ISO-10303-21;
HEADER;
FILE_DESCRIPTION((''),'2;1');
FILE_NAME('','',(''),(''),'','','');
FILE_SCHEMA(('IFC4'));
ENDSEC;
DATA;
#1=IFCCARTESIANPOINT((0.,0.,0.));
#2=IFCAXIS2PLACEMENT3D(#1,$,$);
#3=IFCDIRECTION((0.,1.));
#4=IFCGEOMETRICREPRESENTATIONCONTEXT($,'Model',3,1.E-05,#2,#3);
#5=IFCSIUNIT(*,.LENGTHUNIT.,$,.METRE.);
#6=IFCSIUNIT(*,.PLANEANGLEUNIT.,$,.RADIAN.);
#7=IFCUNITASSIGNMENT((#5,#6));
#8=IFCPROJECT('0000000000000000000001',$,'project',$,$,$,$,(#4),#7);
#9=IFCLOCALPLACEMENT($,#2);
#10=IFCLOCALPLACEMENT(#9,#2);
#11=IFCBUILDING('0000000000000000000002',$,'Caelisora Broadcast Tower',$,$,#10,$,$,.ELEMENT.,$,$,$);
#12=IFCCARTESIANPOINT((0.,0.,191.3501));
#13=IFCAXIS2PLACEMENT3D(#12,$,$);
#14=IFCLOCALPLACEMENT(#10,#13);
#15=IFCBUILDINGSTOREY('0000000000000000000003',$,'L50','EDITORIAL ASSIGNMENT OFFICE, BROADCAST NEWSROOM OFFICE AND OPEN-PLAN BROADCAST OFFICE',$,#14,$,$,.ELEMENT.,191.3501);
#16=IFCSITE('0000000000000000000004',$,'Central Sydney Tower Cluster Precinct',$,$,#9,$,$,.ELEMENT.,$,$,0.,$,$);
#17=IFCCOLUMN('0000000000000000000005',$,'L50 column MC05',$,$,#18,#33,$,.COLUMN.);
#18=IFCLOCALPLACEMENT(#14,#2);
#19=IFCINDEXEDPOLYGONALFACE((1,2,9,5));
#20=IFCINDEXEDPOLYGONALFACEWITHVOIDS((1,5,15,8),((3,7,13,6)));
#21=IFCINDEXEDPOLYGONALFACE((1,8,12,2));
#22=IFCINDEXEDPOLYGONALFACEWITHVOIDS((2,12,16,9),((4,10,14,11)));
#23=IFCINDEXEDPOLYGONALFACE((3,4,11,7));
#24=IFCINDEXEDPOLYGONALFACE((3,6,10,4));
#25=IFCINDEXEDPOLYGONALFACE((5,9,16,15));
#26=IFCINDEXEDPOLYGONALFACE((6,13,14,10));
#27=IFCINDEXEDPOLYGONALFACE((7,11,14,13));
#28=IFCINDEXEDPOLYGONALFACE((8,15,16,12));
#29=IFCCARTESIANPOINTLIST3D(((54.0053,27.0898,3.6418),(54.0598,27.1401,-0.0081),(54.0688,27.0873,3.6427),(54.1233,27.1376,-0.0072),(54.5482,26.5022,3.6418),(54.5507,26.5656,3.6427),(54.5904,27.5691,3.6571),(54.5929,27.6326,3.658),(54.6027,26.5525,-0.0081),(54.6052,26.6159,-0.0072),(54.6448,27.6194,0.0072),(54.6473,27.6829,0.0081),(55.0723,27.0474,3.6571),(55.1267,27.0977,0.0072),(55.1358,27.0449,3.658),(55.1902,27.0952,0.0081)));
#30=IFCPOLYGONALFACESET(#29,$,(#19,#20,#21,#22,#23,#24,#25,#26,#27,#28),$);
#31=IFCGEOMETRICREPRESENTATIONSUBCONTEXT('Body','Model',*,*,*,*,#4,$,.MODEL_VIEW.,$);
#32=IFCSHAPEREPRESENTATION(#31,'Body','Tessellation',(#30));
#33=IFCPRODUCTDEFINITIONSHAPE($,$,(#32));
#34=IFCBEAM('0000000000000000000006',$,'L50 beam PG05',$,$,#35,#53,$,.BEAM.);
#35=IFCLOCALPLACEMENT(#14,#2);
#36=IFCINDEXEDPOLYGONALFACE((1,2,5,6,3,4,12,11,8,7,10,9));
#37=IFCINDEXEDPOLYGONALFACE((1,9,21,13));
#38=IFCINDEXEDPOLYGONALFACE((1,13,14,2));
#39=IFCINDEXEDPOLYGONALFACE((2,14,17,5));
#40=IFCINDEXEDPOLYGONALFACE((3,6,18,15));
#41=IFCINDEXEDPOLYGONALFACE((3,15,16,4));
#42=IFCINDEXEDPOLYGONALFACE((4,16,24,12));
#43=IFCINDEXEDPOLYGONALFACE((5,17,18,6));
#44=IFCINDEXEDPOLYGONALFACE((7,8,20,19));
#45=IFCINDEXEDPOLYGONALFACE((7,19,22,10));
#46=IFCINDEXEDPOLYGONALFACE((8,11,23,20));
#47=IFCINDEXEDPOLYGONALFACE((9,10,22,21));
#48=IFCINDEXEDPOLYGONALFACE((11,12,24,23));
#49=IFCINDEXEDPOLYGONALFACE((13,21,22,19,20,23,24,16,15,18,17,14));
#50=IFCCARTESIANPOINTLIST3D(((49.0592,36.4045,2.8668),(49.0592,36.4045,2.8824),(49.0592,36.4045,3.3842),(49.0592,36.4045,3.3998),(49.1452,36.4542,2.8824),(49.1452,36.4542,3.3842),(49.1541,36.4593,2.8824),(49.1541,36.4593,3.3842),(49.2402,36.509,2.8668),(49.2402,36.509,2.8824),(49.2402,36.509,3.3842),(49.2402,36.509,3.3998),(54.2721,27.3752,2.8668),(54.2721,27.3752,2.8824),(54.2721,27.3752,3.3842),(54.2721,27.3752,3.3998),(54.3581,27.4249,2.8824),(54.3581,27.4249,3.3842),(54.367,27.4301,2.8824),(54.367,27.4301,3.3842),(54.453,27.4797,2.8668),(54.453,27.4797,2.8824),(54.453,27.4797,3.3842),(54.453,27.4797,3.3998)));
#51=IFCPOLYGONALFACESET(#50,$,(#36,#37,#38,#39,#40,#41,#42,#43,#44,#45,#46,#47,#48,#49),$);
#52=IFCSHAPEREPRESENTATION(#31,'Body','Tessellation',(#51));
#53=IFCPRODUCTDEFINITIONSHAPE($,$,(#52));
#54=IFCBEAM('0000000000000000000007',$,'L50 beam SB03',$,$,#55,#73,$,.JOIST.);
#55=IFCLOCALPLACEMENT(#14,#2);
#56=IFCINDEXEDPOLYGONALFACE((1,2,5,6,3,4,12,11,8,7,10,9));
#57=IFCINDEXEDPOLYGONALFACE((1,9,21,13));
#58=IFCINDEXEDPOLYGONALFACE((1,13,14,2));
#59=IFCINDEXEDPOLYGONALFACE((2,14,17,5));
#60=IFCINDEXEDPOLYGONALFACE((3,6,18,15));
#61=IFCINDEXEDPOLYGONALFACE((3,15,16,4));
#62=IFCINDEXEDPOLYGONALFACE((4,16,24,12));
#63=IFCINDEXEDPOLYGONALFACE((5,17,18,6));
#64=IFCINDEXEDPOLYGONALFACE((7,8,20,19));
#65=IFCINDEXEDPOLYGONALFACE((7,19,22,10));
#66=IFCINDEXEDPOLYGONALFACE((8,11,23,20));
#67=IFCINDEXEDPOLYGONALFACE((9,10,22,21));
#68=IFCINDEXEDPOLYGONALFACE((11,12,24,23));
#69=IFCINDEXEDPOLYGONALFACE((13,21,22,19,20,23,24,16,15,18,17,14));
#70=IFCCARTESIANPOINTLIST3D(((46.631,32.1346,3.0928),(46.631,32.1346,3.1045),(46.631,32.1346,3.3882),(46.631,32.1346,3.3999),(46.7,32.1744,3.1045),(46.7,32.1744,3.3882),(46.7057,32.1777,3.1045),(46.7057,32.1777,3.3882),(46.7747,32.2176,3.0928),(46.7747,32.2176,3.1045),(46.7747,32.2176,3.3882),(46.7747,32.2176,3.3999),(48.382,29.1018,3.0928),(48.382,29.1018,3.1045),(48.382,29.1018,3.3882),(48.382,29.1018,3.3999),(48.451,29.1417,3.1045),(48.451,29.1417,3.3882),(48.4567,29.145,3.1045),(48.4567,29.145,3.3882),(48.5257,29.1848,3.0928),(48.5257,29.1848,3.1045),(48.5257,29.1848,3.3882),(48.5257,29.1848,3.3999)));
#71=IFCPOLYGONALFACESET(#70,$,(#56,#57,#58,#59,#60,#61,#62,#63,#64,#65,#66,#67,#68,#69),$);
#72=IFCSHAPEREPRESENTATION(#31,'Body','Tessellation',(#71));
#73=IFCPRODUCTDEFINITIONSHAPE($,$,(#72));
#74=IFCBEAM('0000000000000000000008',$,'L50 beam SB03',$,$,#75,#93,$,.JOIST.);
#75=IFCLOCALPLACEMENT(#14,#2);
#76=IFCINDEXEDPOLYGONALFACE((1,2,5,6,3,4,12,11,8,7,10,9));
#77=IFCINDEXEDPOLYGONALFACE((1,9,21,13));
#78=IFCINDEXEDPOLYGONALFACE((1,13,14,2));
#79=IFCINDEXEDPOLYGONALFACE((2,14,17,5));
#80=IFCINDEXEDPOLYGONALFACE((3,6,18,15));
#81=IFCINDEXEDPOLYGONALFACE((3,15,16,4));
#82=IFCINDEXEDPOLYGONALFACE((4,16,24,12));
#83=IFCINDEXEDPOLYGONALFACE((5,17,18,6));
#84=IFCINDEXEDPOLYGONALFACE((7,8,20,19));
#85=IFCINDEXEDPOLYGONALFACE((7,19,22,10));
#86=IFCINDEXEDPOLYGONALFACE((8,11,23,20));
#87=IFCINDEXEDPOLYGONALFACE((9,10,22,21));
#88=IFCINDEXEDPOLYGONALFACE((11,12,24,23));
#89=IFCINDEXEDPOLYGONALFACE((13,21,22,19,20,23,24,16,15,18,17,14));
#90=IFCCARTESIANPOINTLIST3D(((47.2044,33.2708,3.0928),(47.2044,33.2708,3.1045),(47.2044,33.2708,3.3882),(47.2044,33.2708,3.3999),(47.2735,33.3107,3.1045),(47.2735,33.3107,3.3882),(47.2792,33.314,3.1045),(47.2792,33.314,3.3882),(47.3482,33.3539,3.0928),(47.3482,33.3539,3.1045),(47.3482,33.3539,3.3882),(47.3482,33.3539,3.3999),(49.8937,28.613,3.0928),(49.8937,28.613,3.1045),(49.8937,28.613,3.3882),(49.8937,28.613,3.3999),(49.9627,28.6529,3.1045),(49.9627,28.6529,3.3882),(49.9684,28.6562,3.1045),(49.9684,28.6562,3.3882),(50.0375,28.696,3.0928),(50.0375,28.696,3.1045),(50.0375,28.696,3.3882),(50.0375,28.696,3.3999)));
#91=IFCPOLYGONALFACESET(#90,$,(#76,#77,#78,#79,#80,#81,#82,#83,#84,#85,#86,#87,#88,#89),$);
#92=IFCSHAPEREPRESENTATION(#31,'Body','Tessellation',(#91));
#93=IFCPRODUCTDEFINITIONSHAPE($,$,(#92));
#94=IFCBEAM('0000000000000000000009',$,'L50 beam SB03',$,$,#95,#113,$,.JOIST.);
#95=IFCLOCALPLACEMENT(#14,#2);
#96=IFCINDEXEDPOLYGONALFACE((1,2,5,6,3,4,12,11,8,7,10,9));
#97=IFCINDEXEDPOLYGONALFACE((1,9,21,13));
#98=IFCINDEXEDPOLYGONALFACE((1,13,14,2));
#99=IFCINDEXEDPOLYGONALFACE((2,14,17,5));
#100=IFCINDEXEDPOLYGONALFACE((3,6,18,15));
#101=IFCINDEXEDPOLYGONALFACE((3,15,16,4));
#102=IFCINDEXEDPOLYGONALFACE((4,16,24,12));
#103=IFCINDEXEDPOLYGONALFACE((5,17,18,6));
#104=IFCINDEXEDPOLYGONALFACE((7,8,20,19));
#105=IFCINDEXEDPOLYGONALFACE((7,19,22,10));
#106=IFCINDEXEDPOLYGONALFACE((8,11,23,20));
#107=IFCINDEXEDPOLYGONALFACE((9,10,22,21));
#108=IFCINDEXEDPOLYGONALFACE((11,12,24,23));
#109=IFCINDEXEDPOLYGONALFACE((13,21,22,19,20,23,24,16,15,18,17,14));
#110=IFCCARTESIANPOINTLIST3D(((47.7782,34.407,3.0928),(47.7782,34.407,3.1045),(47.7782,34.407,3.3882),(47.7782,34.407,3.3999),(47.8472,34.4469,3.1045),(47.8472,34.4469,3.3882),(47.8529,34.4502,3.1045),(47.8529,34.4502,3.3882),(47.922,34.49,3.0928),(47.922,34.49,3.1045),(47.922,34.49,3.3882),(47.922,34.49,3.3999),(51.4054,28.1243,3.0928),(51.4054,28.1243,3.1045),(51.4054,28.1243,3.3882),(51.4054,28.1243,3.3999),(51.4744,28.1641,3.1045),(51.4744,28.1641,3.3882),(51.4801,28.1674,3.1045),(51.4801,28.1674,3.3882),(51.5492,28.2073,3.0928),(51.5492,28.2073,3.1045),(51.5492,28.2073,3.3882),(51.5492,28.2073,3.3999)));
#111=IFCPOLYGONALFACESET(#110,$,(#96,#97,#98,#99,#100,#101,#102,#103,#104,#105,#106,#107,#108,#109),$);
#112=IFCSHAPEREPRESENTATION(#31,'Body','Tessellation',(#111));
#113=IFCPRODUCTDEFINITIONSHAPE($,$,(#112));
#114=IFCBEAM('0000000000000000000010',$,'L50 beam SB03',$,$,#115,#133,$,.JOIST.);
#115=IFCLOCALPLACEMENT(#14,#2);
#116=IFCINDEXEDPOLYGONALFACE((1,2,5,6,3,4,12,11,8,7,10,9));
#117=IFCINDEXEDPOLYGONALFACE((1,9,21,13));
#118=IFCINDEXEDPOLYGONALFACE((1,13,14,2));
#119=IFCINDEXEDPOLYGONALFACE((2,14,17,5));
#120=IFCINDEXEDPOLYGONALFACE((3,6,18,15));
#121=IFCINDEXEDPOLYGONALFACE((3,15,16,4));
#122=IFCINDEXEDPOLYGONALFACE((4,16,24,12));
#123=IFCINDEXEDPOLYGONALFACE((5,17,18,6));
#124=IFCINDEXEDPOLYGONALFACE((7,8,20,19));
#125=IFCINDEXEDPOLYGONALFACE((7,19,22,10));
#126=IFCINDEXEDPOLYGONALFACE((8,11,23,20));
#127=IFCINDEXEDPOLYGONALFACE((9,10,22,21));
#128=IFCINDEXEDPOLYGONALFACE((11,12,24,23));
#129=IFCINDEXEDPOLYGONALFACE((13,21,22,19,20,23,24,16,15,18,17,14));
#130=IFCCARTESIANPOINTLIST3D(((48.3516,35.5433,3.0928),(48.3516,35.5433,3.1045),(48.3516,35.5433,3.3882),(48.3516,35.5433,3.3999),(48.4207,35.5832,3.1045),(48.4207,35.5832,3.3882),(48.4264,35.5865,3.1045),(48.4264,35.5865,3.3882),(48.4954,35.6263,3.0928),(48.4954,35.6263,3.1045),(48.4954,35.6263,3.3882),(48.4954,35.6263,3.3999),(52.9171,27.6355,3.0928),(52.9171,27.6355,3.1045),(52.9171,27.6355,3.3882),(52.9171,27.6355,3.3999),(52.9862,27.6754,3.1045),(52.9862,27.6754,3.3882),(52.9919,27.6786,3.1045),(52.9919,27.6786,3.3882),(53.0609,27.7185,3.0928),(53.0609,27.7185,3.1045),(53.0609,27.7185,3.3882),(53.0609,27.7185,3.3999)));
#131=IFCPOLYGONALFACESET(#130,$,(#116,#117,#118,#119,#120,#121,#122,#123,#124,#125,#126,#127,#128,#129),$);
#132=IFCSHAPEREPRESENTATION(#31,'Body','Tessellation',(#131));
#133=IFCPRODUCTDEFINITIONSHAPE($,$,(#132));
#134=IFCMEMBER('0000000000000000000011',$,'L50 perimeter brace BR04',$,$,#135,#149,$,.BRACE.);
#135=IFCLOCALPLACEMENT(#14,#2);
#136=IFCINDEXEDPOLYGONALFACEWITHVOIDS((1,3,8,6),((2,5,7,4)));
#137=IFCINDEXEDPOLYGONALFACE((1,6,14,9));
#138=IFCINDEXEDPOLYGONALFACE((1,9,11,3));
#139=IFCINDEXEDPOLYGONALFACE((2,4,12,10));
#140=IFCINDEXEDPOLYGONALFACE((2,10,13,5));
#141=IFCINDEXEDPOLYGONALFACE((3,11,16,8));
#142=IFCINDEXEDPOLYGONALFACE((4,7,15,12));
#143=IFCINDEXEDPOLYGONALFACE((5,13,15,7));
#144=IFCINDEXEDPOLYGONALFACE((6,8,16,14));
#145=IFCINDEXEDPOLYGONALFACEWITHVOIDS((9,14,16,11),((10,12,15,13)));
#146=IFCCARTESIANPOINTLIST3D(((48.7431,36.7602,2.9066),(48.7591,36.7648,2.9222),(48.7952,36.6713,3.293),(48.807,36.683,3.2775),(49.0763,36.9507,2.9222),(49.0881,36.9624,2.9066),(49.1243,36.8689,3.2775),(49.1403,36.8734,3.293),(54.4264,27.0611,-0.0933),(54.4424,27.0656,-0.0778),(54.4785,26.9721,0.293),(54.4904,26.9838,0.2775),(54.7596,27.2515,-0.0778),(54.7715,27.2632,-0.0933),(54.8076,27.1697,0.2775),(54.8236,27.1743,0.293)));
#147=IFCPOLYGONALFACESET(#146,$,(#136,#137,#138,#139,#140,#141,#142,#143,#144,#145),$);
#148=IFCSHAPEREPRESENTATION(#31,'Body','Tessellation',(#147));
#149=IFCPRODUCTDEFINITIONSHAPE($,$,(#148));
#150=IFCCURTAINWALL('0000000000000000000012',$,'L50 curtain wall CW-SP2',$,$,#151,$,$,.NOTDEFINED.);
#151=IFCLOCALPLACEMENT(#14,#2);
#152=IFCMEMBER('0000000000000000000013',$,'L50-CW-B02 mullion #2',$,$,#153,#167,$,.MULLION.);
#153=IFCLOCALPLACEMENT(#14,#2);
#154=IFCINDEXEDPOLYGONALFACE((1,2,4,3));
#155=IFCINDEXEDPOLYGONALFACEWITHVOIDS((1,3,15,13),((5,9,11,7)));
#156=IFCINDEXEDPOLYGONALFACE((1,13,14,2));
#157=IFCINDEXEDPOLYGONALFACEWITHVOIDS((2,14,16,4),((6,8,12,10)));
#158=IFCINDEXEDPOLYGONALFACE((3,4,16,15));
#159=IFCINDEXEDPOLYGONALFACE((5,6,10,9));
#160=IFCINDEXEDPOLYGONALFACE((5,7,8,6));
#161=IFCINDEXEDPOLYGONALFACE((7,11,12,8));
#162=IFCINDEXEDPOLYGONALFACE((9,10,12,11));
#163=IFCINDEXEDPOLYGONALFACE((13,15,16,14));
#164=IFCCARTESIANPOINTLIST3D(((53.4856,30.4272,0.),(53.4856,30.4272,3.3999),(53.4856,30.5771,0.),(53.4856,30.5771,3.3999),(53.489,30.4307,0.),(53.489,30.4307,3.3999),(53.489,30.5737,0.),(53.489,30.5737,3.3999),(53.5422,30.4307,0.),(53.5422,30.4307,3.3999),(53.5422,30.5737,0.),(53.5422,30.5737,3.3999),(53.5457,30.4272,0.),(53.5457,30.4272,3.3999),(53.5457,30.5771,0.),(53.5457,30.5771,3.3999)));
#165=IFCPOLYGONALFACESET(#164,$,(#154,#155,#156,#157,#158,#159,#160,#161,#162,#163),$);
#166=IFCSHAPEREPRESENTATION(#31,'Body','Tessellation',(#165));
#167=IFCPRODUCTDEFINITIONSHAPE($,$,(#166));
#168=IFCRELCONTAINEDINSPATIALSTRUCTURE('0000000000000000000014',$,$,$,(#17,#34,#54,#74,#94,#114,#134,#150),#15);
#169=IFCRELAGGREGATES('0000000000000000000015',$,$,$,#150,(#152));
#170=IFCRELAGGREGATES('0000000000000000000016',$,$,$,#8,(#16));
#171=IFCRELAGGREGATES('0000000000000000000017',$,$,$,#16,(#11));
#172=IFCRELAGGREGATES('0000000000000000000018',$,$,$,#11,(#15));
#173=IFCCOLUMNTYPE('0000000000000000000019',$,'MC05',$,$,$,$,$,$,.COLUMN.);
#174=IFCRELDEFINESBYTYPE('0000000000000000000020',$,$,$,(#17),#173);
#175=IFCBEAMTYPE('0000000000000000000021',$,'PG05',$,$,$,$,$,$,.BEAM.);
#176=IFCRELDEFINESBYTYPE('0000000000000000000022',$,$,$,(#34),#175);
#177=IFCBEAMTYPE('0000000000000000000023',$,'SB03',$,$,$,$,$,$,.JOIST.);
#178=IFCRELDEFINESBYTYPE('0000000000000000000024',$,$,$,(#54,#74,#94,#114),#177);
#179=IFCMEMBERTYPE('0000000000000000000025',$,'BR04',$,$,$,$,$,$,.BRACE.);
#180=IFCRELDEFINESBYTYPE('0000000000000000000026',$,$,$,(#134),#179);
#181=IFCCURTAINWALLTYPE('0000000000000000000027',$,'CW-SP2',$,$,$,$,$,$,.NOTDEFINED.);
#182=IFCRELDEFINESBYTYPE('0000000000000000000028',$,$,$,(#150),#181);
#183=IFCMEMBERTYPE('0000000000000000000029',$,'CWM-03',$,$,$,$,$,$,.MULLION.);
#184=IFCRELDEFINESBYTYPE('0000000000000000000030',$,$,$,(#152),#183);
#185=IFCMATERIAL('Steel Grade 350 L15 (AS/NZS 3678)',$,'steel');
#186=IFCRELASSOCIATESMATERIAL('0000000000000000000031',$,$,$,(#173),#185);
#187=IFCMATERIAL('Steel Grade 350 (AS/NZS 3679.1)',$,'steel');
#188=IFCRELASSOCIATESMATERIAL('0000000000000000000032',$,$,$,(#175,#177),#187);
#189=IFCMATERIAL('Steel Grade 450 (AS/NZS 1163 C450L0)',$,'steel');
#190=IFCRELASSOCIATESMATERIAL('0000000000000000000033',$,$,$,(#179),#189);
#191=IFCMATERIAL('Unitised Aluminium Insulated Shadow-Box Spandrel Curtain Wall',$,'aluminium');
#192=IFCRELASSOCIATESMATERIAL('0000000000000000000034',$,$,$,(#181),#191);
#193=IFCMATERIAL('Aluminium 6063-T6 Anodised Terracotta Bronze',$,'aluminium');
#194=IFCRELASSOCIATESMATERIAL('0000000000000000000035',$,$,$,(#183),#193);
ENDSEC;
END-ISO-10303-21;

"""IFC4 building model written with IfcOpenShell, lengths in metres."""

from ifc_helpers import new_model, si_unit, direction, frame, origin, origin_2d, place, context, subcontext, project, spatial, hollow_rectangle, i_section, extrude, source, transform, mapped, material, material_profile, profile_set, type_object, type_shapes, element, aggregate, save


model = new_model("IFC4")

# Units and contexts
model_context = context("Model", 3, precision=1e-05, world=origin(), true_north=direction((0.0, 1.0)))
body_context = subcontext(model_context, "Body", "Model", "MODEL_VIEW")
ifc_project = project(units=[si_unit("LENGTHUNIT", "METRE"), si_unit("PLANEANGLEUNIT", "RADIAN")], contexts=[model_context])

# Site, building, storey
site_placement = place(None, origin())
site = spatial("IfcSite", under=ifc_project, at=site_placement, Name="Central Sydney Tower Cluster Precinct", CompositionType="ELEMENT", RefElevation=0.0)
building_placement = place(site_placement, origin())
building = spatial("IfcBuilding", under=site, at=building_placement, Name="Caelisora Broadcast Tower", CompositionType="ELEMENT")
storey_placement = place(building_placement, frame((0.0, 0.0, 191.3501)))
storey = spatial("IfcBuildingStorey", under=building, at=storey_placement, Name="L50", Description="EDITORIAL ASSIGNMENT OFFICE, BROADCAST NEWSROOM OFFICE AND OPEN-PLAN BROADCAST OFFICE", CompositionType="ELEMENT", Elevation=191.3501)

# Column
ifc_material_1 = material(Name="Steel Grade 350 L15 (AS/NZS 3678)", Category="steel")
ifc_material_profile_1 = material_profile(ifc_material_1, hollow_rectangle(XDim=0.8, YDim=0.8, WallThickness=0.0449, at=origin_2d()), Name="Steel Grade 350 L15 (AS/NZS 3678)")
ifc_profile_set_1 = profile_set([ifc_material_profile_1], Name="Steel Grade 350 L15 (AS/NZS 3678)")
column_type = type_object("IfcColumnType", Name="MC05", PredefinedType="COLUMN", material=ifc_profile_set_1)
shared_shape_1 = source(origin(), body_context, "Body", "SweptSolid", [
    extrude(hollow_rectangle(XDim=0.8, YDim=0.8, WallThickness=0.0449, at=origin_2d()), origin(), (0.0, 0.0, 1.0), 3.6506),
])
type_shapes(column_type, [shared_shape_1])
column_placement = place(storey_placement, frame((54.625, 27.1177, 0.0), z_axis=(-0.014913, -0.013776, 0.999794), x_axis=(0.678554, -0.734551, 0.0)))
element("IfcColumn", 1, at=column_placement, inside=storey, type_object=column_type, Name="L50 column MC05", PredefinedType="COLUMN", context=body_context, shape_type="MappedRepresentation", body=[
    mapped(shared_shape_1, transform((0.0, 0.0, 0.0), scale=1.0)),
])

# Beams
ifc_material_2 = material(Name="Steel Grade 350 (AS/NZS 3679.1)", Category="steel")
ifc_material_profile_2 = material_profile(ifc_material_2, i_section(OverallWidth=0.209, OverallDepth=0.533, WebThickness=0.0103, FlangeThickness=0.0156, at=origin_2d()), Name="Steel Grade 350 (AS/NZS 3679.1)")
ifc_profile_set_2 = profile_set([ifc_material_profile_2], Name="Steel Grade 350 (AS/NZS 3679.1)")
beam_type_1 = type_object("IfcBeamType", Name="PG05", PredefinedType="BEAM", material=ifc_profile_set_2)
shared_shape_2 = source(origin(), body_context, "Body", "SweptSolid", [
    extrude(i_section(OverallWidth=0.209, OverallDepth=0.533, WebThickness=0.0103, FlangeThickness=0.0156, at=origin_2d()), origin(), (0.0, 0.0, 1.0), 10.426),
])
type_shapes(beam_type_1, [shared_shape_2])
beam_1_placement = place(storey_placement, frame((54.3625, 27.4275, 3.1333), z_axis=(-0.499987, 0.866033, 0.0), x_axis=(-0.866033, -0.499987, 0.0)))
element("IfcBeam", 2, at=beam_1_placement, inside=storey, type_object=beam_type_1, Name="L50 beam PG05", PredefinedType="BEAM", context=body_context, shape_type="MappedRepresentation", body=[
    mapped(shared_shape_2, transform((0.0, 0.0, 0.0), scale=1.0)),
])
ifc_material_profile_3 = material_profile(ifc_material_2, i_section(OverallWidth=0.166, OverallDepth=0.3071, WebThickness=0.0066, FlangeThickness=0.0117, at=origin_2d()), Name="Steel Grade 350 (AS/NZS 3679.1)")
ifc_profile_set_3 = profile_set([ifc_material_profile_3], Name="Steel Grade 350 (AS/NZS 3679.1)")
beam_type_2 = type_object("IfcBeamType", Name="SB03", PredefinedType="JOIST", material=ifc_profile_set_3)
shared_shape_3 = source(origin(), body_context, "Body", "SweptSolid", [
    extrude(i_section(OverallWidth=0.166, OverallDepth=0.3071, WebThickness=0.0066, FlangeThickness=0.0117, at=origin_2d()), origin(), (0.0, 0.0, 1.0), 3.502),
])
beam_2_placement = place(storey_placement, frame((48.4539, 29.1433, 3.2463), z_axis=(-0.500008, 0.866021, 0.0), x_axis=(-0.866021, -0.500008, 0.0)))
element("IfcBeam", 3, at=beam_2_placement, inside=storey, type_object=beam_type_2, Name="L50 beam SB03", PredefinedType="JOIST", context=body_context, shape_type="MappedRepresentation", body=[
    mapped(shared_shape_3, transform((0.0, 0.0, 0.0), scale=1.0)),
])
shared_shape_4 = source(origin(), body_context, "Body", "SweptSolid", [
    extrude(i_section(OverallWidth=0.166, OverallDepth=0.3071, WebThickness=0.0066, FlangeThickness=0.0117, at=origin_2d()), origin(), (0.0, 0.0, 1.0), 5.3784),
])
beam_3_placement = place(storey_placement, frame((49.9656, 28.6545, 3.2463), z_axis=(-0.500011, 0.866019, 0.0), x_axis=(-0.866019, -0.500011, 0.0)))
element("IfcBeam", 4, at=beam_3_placement, inside=storey, type_object=beam_type_2, Name="L50 beam SB03", PredefinedType="JOIST", context=body_context, shape_type="MappedRepresentation", body=[
    mapped(shared_shape_4, transform((0.0, 0.0, 0.0), scale=1.0)),
])
shared_shape_5 = source(origin(), body_context, "Body", "SweptSolid", [
    extrude(i_section(OverallWidth=0.166, OverallDepth=0.3071, WebThickness=0.0066, FlangeThickness=0.0117, at=origin_2d()), origin(), (0.0, 0.0, 1.0), 7.2546),
])
beam_4_placement = place(storey_placement, frame((51.4773, 28.1658, 3.2463), z_axis=(-0.499987, 0.866033, 0.0), x_axis=(-0.866033, -0.499987, 0.0)))
element("IfcBeam", 5, at=beam_4_placement, inside=storey, type_object=beam_type_2, Name="L50 beam SB03", PredefinedType="JOIST", context=body_context, shape_type="MappedRepresentation", body=[
    mapped(shared_shape_5, transform((0.0, 0.0, 0.0), scale=1.0)),
])
shared_shape_6 = source(origin(), body_context, "Body", "SweptSolid", [
    extrude(i_section(OverallWidth=0.166, OverallDepth=0.3071, WebThickness=0.0066, FlangeThickness=0.0117, at=origin_2d()), origin(), (0.0, 0.0, 1.0), 9.1311),
])
type_shapes(beam_type_2, [shared_shape_3, shared_shape_4, shared_shape_5, shared_shape_6])
beam_5_placement = place(storey_placement, frame((52.989, 27.677, 3.2463), z_axis=(-0.499992, 0.86603, 0.0), x_axis=(-0.86603, -0.499992, 0.0)))
element("IfcBeam", 6, at=beam_5_placement, inside=storey, type_object=beam_type_2, Name="L50 beam SB03", PredefinedType="JOIST", context=body_context, shape_type="MappedRepresentation", body=[
    mapped(shared_shape_6, transform((0.0, 0.0, 0.0), scale=1.0)),
])

# Member
ifc_material_3 = material(Name="Steel Grade 450 (AS/NZS 1163 C450L0)", Category="steel")
ifc_material_profile_4 = material_profile(ifc_material_3, hollow_rectangle(XDim=0.3999, YDim=0.3999, WallThickness=0.0161, at=origin_2d()), Name="Steel Grade 450 (AS/NZS 1163 C450L0)")
ifc_profile_set_4 = profile_set([ifc_material_profile_4], Name="Steel Grade 450 (AS/NZS 1163 C450L0)")
member_type_1 = type_object("IfcMemberType", Name="BR04", PredefinedType="BRACE", material=ifc_profile_set_4)
shared_shape_7 = source(origin(), body_context, "Body", "SweptSolid", [
    extrude(hollow_rectangle(XDim=0.3999, YDim=0.3999, WallThickness=0.0161, at=origin_2d()), origin(), (0.0, 0.0, 1.0), 11.635),
])
type_shapes(member_type_1, [shared_shape_7])
member_1_placement = place(storey_placement, frame((54.625, 27.1177, 0.0999), z_axis=(-0.488466, 0.833618, 0.257841), x_axis=(-0.862791, -0.505561, 0.0)))
element("IfcMember", 7, at=member_1_placement, inside=storey, type_object=member_type_1, Name="L50 perimeter brace BR04", PredefinedType="BRACE", context=body_context, shape_type="MappedRepresentation", body=[
    mapped(shared_shape_7, transform((0.0, 0.0, 0.0), scale=1.0)),
])

# Curtain wall, member
ifc_material_4 = material(Name="Unitised Aluminium Insulated Shadow-Box Spandrel Curtain Wall", Category="aluminium")
curtain_wall_type_1 = type_object("IfcCurtainWallType", Name="CW-SP2", PredefinedType="NOTDEFINED", material=ifc_material_4)
curtain_wall_1_placement = place(storey_placement, origin())
curtain_wall_1 = element("IfcCurtainWall", 8, at=curtain_wall_1_placement, inside=storey, type_object=curtain_wall_type_1, Name="L50 curtain wall CW-SP2", PredefinedType="NOTDEFINED")
ifc_material_5 = material(Name="Aluminium 6063-T6 Anodised Terracotta Bronze", Category="aluminium")
ifc_material_profile_5 = material_profile(ifc_material_5, hollow_rectangle(XDim=0.0601, YDim=0.1499, WallThickness=0.0034, at=origin_2d()), Name="Aluminium 6063-T6 Anodised Terracotta Bronze")
ifc_profile_set_5 = profile_set([ifc_material_profile_5], Name="Aluminium 6063-T6 Anodised Terracotta Bronze")
member_type_2 = type_object("IfcMemberType", Name="CWM-03", PredefinedType="MULLION", material=ifc_profile_set_5)
shared_shape_8 = source(origin(), body_context, "Body", "SweptSolid", [
    extrude(hollow_rectangle(XDim=0.0601, YDim=0.1499, WallThickness=0.0034, at=origin_2d()), origin(), (0.0, 0.0, 1.0), 3.3999),
])
type_shapes(member_type_2, [shared_shape_8])
member_2_placement = place(storey_placement, frame((53.5156, 30.5022, 0.0), z_axis=(0.0, 0.0, 1.0), x_axis=(1.0, 0.0, 0.0)))
member_2 = element("IfcMember", 9, at=member_2_placement, type_object=member_type_2, Name="L50-CW-B02 mullion #2", PredefinedType="MULLION", context=body_context, shape_type="MappedRepresentation", body=[
    mapped(shared_shape_8, transform((0.0, 0.0, 0.0), scale=1.0)),
])

aggregate(curtain_wall_1, [member_2])

save(model, "model.ifc")
